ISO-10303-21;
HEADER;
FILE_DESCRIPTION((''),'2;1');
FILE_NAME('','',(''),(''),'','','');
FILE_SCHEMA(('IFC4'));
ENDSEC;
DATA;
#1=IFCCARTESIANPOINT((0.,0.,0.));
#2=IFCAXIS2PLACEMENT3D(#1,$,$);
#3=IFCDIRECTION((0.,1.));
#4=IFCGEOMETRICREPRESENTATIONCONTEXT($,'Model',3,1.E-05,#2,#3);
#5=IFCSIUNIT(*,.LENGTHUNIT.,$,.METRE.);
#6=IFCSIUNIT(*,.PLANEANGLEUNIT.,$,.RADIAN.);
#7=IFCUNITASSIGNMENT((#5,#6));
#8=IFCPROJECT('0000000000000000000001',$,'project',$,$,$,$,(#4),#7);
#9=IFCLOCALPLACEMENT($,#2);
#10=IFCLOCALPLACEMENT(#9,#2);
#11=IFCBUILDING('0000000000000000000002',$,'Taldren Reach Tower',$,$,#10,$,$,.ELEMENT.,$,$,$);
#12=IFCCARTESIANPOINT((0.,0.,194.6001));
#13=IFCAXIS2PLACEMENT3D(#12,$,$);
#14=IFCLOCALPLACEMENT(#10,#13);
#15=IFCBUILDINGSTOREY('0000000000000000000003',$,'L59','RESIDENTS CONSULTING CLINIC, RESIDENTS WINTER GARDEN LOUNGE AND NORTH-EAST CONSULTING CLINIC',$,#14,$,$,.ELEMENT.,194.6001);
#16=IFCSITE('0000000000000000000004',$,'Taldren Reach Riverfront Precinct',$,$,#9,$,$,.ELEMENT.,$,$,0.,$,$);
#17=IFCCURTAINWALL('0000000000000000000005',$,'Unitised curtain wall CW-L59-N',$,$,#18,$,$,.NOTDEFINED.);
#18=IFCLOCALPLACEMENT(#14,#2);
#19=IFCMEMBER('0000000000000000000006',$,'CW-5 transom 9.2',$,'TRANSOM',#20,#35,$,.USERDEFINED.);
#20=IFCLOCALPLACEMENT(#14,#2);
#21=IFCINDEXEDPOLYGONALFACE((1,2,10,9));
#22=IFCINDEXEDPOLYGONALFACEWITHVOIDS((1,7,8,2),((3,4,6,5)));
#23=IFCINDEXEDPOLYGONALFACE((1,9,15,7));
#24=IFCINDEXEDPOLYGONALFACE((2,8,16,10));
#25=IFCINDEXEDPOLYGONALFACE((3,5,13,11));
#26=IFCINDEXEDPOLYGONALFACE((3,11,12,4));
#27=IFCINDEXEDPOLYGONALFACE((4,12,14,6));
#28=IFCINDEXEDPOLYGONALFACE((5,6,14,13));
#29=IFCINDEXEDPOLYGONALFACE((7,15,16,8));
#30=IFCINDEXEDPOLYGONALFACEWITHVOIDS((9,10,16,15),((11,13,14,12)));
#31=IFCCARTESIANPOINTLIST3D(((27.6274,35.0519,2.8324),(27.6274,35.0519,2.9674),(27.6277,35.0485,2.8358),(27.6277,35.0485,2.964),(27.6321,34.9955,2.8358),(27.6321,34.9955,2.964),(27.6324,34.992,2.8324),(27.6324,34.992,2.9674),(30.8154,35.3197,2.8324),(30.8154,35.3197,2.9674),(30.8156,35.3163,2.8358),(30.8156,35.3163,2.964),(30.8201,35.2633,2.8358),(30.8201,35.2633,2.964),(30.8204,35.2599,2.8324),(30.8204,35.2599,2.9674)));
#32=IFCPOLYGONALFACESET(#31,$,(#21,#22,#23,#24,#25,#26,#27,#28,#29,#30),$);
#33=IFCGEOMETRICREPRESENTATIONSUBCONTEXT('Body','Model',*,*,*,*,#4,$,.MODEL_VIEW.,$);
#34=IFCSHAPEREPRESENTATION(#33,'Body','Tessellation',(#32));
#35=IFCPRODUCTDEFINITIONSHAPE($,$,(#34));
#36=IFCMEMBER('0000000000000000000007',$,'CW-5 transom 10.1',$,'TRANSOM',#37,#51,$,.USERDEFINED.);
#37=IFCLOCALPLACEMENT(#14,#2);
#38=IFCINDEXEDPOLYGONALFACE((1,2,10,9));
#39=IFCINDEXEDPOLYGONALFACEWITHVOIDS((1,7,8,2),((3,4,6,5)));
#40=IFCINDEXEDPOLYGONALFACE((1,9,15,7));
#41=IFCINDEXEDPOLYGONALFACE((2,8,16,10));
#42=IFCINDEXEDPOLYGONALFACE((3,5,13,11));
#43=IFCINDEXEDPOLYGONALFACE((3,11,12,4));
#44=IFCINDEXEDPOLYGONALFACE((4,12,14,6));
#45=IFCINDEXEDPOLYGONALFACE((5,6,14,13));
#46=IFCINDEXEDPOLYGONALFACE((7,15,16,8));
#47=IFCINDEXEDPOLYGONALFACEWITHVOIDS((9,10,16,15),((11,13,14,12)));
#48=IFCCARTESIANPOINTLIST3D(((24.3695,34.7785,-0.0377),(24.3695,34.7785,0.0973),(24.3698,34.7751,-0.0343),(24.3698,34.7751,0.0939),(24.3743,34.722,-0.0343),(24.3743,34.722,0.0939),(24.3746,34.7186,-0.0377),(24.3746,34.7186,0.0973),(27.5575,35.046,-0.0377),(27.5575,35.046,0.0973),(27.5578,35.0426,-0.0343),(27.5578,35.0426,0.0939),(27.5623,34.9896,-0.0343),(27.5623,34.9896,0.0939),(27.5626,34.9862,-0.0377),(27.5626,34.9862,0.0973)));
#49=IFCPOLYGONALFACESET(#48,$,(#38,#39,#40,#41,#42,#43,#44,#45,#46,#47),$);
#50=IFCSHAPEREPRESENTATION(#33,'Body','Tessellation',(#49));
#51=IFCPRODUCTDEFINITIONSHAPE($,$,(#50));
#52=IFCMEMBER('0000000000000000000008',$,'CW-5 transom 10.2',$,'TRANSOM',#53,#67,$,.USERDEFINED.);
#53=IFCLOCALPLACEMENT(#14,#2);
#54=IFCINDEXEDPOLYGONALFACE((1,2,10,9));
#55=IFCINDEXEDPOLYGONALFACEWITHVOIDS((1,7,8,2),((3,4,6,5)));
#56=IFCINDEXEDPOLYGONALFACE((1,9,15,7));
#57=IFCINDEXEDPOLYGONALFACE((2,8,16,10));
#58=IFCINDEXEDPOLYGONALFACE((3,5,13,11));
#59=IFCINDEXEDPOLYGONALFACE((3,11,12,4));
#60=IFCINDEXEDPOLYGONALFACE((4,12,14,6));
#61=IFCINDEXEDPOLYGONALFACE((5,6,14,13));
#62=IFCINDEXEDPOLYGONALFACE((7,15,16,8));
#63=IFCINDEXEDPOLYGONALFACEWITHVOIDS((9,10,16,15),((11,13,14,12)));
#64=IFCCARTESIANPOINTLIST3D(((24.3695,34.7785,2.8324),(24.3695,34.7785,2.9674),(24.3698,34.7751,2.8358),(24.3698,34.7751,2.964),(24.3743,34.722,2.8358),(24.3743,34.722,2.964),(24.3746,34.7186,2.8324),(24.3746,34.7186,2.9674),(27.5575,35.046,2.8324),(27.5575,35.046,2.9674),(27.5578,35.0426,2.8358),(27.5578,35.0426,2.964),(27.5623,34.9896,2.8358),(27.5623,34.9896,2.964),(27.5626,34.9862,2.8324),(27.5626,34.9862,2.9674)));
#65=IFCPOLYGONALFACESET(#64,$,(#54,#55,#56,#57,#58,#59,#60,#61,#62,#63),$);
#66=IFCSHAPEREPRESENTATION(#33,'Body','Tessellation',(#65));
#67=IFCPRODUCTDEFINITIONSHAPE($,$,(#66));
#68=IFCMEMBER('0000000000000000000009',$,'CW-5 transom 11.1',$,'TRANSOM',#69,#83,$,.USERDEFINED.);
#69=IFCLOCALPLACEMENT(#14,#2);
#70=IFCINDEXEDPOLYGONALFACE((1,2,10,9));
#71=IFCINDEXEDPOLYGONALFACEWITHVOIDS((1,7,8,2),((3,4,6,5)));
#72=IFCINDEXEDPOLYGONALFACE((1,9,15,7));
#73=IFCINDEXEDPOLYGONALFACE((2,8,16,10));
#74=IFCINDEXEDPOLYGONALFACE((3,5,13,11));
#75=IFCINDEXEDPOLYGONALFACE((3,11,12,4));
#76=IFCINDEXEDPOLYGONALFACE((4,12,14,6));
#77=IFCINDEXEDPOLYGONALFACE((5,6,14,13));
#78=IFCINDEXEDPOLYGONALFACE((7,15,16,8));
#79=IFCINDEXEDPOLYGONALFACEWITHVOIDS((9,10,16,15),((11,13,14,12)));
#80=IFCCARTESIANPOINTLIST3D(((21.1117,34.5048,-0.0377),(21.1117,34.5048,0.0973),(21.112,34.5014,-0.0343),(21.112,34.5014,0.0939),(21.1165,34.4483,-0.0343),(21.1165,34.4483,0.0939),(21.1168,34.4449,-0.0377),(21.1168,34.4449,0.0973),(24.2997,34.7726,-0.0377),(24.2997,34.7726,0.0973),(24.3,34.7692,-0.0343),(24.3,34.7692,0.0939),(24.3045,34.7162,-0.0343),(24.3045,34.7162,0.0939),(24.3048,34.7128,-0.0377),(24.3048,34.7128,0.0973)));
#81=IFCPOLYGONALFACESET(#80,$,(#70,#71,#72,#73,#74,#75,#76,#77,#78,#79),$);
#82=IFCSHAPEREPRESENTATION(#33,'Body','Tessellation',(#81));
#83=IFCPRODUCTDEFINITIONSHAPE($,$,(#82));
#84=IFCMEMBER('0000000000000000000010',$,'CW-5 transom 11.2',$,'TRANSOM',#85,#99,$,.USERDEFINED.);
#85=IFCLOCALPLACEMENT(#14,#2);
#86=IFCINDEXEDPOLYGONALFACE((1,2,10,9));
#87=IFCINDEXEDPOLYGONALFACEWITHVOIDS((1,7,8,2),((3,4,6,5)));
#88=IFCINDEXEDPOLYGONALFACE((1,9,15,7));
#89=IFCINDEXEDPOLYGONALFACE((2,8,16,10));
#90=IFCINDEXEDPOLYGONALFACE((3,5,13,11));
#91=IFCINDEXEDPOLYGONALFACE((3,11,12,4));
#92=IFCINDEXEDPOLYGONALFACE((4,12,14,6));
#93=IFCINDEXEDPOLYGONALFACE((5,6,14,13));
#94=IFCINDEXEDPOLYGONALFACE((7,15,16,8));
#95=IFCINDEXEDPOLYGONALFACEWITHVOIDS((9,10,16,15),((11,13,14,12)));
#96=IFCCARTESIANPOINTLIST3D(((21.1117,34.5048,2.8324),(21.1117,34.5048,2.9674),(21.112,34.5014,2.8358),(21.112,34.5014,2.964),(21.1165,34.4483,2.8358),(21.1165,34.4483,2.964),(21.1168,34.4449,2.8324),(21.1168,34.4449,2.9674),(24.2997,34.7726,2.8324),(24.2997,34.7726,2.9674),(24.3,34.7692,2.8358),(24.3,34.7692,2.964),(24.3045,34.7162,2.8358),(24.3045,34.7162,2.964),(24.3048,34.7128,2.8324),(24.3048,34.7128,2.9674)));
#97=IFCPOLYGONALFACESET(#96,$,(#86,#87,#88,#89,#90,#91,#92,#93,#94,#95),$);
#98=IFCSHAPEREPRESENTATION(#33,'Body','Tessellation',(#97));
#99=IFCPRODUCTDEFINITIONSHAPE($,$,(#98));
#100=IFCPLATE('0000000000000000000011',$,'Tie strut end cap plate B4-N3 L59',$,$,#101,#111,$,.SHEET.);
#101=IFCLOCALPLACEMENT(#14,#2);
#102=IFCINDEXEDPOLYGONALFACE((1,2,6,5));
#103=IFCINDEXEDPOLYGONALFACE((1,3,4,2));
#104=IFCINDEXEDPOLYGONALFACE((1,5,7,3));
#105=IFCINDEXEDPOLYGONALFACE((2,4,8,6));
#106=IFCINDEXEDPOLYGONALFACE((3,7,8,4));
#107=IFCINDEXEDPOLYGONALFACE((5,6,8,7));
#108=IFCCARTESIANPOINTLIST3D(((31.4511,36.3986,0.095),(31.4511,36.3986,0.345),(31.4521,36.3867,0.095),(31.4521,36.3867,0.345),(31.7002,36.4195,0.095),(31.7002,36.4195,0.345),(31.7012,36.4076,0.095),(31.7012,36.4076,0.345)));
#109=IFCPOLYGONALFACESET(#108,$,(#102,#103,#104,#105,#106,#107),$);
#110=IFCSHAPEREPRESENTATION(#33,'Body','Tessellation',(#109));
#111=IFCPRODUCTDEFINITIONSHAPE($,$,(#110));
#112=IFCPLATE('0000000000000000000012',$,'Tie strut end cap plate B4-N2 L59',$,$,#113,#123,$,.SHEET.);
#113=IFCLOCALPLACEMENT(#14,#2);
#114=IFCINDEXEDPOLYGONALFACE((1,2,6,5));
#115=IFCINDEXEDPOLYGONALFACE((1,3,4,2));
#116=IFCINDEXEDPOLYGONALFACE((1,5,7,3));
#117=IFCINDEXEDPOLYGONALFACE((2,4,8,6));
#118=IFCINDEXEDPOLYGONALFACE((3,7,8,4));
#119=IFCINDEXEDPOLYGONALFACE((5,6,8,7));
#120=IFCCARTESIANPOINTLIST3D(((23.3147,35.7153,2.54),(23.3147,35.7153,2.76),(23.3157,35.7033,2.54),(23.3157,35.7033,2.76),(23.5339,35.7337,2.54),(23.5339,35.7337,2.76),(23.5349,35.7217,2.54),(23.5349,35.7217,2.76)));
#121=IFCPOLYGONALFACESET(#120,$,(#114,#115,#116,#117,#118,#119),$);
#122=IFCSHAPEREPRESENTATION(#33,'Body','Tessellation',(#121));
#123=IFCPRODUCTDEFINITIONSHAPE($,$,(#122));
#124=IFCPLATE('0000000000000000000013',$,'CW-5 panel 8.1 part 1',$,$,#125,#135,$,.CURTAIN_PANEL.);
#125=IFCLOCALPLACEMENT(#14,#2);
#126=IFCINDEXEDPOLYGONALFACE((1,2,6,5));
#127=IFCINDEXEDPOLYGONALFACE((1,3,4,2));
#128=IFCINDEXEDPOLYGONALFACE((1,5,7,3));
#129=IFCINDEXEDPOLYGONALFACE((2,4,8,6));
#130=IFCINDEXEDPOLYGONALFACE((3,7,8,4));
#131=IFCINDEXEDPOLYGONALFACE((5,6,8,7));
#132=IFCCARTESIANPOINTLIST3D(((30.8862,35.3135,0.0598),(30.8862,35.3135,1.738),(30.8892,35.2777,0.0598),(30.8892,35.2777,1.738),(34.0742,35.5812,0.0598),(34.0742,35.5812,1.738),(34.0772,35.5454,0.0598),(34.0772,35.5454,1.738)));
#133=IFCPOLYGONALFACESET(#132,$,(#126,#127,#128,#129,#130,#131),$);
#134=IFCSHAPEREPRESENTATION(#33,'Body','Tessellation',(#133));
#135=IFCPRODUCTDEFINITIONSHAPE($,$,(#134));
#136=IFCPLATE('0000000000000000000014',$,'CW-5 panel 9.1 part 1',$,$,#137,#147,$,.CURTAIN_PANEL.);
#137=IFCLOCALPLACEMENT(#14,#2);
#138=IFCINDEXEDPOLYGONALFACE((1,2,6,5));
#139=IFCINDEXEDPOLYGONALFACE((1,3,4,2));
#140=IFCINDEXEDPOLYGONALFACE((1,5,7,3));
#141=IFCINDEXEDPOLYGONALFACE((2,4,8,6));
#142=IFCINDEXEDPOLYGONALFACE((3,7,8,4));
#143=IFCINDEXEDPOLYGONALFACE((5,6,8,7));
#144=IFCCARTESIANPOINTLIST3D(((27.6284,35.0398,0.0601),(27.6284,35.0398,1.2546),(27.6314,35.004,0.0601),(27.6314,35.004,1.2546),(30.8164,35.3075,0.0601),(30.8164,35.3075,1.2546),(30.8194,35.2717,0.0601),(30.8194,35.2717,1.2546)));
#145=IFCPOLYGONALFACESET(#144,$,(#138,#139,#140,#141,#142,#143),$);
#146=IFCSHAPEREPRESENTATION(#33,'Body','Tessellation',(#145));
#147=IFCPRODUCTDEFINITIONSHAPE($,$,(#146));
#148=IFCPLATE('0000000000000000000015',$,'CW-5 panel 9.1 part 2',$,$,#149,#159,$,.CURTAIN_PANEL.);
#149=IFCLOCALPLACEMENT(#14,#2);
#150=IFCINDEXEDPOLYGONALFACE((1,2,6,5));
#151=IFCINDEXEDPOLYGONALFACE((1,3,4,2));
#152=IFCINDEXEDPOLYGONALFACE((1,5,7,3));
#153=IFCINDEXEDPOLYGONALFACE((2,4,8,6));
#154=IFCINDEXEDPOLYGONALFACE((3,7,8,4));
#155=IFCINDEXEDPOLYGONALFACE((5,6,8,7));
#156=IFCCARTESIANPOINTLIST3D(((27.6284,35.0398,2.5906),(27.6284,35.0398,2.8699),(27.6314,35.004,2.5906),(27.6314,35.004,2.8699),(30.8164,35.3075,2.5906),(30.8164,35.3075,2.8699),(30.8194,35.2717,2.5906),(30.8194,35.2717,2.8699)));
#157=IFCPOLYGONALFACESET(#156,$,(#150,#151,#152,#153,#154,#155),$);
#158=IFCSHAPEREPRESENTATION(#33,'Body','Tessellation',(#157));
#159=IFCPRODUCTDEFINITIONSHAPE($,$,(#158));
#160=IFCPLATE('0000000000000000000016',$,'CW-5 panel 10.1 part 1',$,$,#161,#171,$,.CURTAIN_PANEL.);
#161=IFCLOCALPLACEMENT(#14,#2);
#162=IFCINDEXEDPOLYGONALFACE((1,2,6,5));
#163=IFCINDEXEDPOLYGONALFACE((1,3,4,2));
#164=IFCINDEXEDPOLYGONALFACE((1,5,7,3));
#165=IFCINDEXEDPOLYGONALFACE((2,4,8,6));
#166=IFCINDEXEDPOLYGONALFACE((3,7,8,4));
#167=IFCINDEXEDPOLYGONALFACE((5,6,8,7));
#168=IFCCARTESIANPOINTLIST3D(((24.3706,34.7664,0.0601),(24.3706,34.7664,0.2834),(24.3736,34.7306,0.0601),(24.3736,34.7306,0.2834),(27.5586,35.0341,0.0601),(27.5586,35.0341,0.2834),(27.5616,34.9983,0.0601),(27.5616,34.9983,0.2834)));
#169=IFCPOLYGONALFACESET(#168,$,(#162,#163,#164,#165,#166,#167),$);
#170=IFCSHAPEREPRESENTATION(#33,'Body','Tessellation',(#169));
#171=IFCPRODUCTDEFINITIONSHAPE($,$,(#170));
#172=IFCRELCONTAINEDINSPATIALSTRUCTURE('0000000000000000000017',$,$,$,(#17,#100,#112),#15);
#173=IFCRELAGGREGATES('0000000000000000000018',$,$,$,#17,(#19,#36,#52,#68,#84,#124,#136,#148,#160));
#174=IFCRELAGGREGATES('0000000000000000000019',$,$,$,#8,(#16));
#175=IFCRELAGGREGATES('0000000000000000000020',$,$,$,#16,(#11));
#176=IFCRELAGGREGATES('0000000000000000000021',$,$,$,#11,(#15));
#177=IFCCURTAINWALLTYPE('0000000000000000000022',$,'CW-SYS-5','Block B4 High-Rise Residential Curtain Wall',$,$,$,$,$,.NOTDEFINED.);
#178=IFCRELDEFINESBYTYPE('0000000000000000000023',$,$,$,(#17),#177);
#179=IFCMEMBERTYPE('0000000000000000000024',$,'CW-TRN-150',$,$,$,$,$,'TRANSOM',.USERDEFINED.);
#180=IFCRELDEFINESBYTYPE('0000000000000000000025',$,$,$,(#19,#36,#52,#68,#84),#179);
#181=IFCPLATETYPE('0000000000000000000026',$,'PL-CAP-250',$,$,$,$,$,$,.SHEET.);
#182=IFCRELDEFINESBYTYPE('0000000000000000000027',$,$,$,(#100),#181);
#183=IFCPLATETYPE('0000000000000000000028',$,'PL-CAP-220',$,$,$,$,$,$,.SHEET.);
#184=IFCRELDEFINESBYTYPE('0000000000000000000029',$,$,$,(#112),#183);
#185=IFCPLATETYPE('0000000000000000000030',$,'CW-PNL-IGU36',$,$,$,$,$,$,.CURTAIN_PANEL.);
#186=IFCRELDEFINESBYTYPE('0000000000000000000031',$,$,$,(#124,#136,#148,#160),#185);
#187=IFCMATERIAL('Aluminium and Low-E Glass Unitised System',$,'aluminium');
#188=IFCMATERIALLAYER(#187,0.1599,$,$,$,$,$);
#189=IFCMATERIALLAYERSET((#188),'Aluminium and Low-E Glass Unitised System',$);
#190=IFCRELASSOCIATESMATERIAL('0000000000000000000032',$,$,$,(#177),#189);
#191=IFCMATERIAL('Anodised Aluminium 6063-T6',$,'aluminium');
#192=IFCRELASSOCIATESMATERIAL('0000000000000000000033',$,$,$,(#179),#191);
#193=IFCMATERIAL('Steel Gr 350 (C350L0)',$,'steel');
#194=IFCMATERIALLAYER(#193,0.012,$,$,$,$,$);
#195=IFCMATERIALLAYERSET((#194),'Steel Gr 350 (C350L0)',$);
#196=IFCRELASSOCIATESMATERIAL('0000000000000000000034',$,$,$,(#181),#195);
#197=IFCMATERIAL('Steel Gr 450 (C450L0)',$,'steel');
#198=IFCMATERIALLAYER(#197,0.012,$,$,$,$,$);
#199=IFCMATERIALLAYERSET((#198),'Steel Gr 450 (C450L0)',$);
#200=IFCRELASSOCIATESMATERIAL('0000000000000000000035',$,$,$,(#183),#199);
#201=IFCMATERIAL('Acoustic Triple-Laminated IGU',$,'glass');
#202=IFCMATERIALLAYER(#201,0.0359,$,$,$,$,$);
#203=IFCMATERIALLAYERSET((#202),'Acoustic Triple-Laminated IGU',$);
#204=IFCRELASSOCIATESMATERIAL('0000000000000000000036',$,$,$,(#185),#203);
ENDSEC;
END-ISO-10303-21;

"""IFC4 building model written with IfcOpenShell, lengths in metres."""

from ifc_helpers import new_model, si_unit, direction, frame, origin, origin_2d, place, context, subcontext, project, spatial, rectangle, hollow_rectangle, extrude, source, transform, mapped, material, layer, layer_set, material_profile, profile_set, type_object, element, aggregate, save


model = new_model("IFC4")

# Units and contexts
model_context = context("Model", 3, precision=1e-05, world=origin(), true_north=direction((0.0, 1.0)))
body_context = subcontext(model_context, "Body", "Model", "MODEL_VIEW")
ifc_project = project(units=[si_unit("LENGTHUNIT", "METRE"), si_unit("PLANEANGLEUNIT", "RADIAN")], contexts=[model_context])

# Site, building, storey
site_placement = place(None, origin())
site = spatial("IfcSite", under=ifc_project, at=site_placement, Name="Taldren Reach Riverfront Precinct", CompositionType="ELEMENT", RefElevation=0.0)
building_placement = place(site_placement, origin())
building = spatial("IfcBuilding", under=site, at=building_placement, Name="Taldren Reach Tower", CompositionType="ELEMENT")
storey_placement = place(building_placement, frame((0.0, 0.0, 194.6001)))
storey = spatial("IfcBuildingStorey", under=building, at=storey_placement, Name="L59", Description="RESIDENTS CONSULTING CLINIC, RESIDENTS WINTER GARDEN LOUNGE AND NORTH-EAST CONSULTING CLINIC", CompositionType="ELEMENT", Elevation=194.6001)

# Shared definitions
ifc_material_1 = material(Name="Steel Gr 350 (C350L0)", Category="steel")

# Shared definitions
ifc_material_2 = material(Name="Steel Gr 450 (C450L0)", Category="steel")

# Curtain wall, members
ifc_material_3 = material(Name="Aluminium and Low-E Glass Unitised System", Category="aluminium")
ifc_layer_1 = layer(ifc_material_3, 0.1599)
ifc_layer_set_1 = layer_set([ifc_layer_1], Name="Aluminium and Low-E Glass Unitised System")
curtain_wall_type = type_object("IfcCurtainWallType", Name="CW-SYS-5", Description="Block B4 High-Rise Residential Curtain Wall", PredefinedType="NOTDEFINED", material=ifc_layer_set_1)
curtain_wall_placement = place(storey_placement, origin())
curtain_wall = element("IfcCurtainWall", 1, at=curtain_wall_placement, inside=storey, type_object=curtain_wall_type, Name="Unitised curtain wall CW-L59-N", PredefinedType="NOTDEFINED")
ifc_material_4 = material(Name="Anodised Aluminium 6063-T6", Category="aluminium")
ifc_material_profile_1 = material_profile(ifc_material_4, hollow_rectangle(XDim=0.0601, YDim=0.135, WallThickness=0.0034, at=origin_2d()), Name="ALU-135x60x3.5RHS")
ifc_profile_set_1 = profile_set([ifc_material_profile_1], Name="Anodised Aluminium 6063-T6")
member_type_1 = type_object("IfcMemberType", Name="CW-TRN-150", ElementType="TRANSOM", PredefinedType="USERDEFINED", material=ifc_profile_set_1)
shared_shape_1 = source(origin(), body_context, "Body", "SweptSolid", [
    extrude(hollow_rectangle(XDim=0.0601, YDim=0.135, WallThickness=0.0034, at=origin_2d()), origin(), (0.0, 0.0, 1.0), 3.1992),
])
member_1_placement = place(storey_placement, frame((30.8179, 35.2898, 2.8999), z_axis=(-0.99649, -0.083715, 0.0), x_axis=(0.083715, -0.99649, 0.0)))
member_1 = element("IfcMember", 2, at=member_1_placement, type_object=member_type_1, Name="CW-5 transom 9.2", ObjectType="TRANSOM", PredefinedType="USERDEFINED", context=body_context, shape_type="MappedRepresentation", body=[
    mapped(shared_shape_1, transform((0.0, 0.0, 0.0), scale=1.0)),
])
member_2_placement = place(storey_placement, frame((27.5601, 35.0161, 0.0298), z_axis=(-0.996496, -0.083639, 0.0), x_axis=(0.083639, -0.996496, 0.0)))
member_2 = element("IfcMember", 3, at=member_2_placement, type_object=member_type_1, Name="CW-5 transom 10.1", ObjectType="TRANSOM", PredefinedType="USERDEFINED", context=body_context, shape_type="MappedRepresentation", body=[
    mapped(shared_shape_1, transform((0.0, 0.0, 0.0), scale=1.0)),
])
member_3_placement = place(storey_placement, frame((27.5601, 35.0161, 2.8999), z_axis=(-0.996496, -0.083639, 0.0), x_axis=(0.083639, -0.996496, 0.0)))
member_3 = element("IfcMember", 4, at=member_3_placement, type_object=member_type_1, Name="CW-5 transom 10.2", ObjectType="TRANSOM", PredefinedType="USERDEFINED", context=body_context, shape_type="MappedRepresentation", body=[
    mapped(shared_shape_1, transform((0.0, 0.0, 0.0), scale=1.0)),
])
member_4_placement = place(storey_placement, frame((24.3022, 34.7427, 0.0298), z_axis=(-0.99649, -0.083715, 0.0), x_axis=(0.083715, -0.99649, 0.0)))
member_4 = element("IfcMember", 5, at=member_4_placement, type_object=member_type_1, Name="CW-5 transom 11.1", ObjectType="TRANSOM", PredefinedType="USERDEFINED", context=body_context, shape_type="MappedRepresentation", body=[
    mapped(shared_shape_1, transform((0.0, 0.0, 0.0), scale=1.0)),
])
member_5_placement = place(storey_placement, frame((24.3022, 34.7427, 2.8999), z_axis=(-0.99649, -0.083715, 0.0), x_axis=(0.083715, -0.99649, 0.0)))
member_5 = element("IfcMember", 6, at=member_5_placement, type_object=member_type_1, Name="CW-5 transom 11.2", ObjectType="TRANSOM", PredefinedType="USERDEFINED", context=body_context, shape_type="MappedRepresentation", body=[
    mapped(shared_shape_1, transform((0.0, 0.0, 0.0), scale=1.0)),
])

# Plates
ifc_layer_2 = layer(ifc_material_1, 0.012)
ifc_layer_set_2 = layer_set([ifc_layer_2], Name="Steel Gr 350 (C350L0)")
plate_type_1 = type_object("IfcPlateType", Name="PL-CAP-250", PredefinedType="SHEET", material=ifc_layer_set_2)
shared_shape_2 = source(origin(), body_context, "Body", "SweptSolid", [
    extrude(rectangle(XDim=0.25, YDim=0.012, at=origin_2d()), origin(), (0.0, 0.0, 1.0), 0.25),
])
plate_1_placement = place(storey_placement, frame((31.5762, 36.4031, 0.095), z_axis=(0.0, 0.0, 1.0), x_axis=(0.996493, 0.083678, 0.0)))
element("IfcPlate", 7, at=plate_1_placement, inside=storey, type_object=plate_type_1, Name="Tie strut end cap plate B4-N3 L59", PredefinedType="SHEET", context=body_context, shape_type="MappedRepresentation", body=[
    mapped(shared_shape_2, transform((0.0, 0.0, 0.0), scale=1.0)),
])
ifc_layer_3 = layer(ifc_material_2, 0.012)
ifc_layer_set_3 = layer_set([ifc_layer_3], Name="Steel Gr 450 (C450L0)")
plate_type_2 = type_object("IfcPlateType", Name="PL-CAP-220", PredefinedType="SHEET", material=ifc_layer_set_3)
shared_shape_3 = source(origin(), body_context, "Body", "SweptSolid", [
    extrude(rectangle(XDim=0.22, YDim=0.012, at=origin_2d()), origin(), (0.0, 0.0, 1.0), 0.22),
])
plate_2_placement = place(storey_placement, frame((23.4248, 35.7185, 2.54), z_axis=(0.0, 0.0, 1.0), x_axis=(0.996493, 0.083678, 0.0)))
element("IfcPlate", 8, at=plate_2_placement, inside=storey, type_object=plate_type_2, Name="Tie strut end cap plate B4-N2 L59", PredefinedType="SHEET", context=body_context, shape_type="MappedRepresentation", body=[
    mapped(shared_shape_3, transform((0.0, 0.0, 0.0), scale=1.0)),
])

# Plates
ifc_material_5 = material(Name="Acoustic Triple-Laminated IGU", Category="glass")
ifc_layer_4 = layer(ifc_material_5, 0.0359)
ifc_layer_set_4 = layer_set([ifc_layer_4], Name="Acoustic Triple-Laminated IGU")
plate_type_3 = type_object("IfcPlateType", Name="CW-PNL-IGU36", PredefinedType="CURTAIN_PANEL", material=ifc_layer_set_4)
shared_shape_4 = source(origin(), body_context, "Body", "SweptSolid", [
    extrude(rectangle(XDim=3.1992, YDim=0.0359, at=origin_2d()), origin(), (0.0, 0.0, 1.0), 1.6782),
])
plate_3_placement = place(storey_placement, frame((32.4817, 35.4294, 0.0598), z_axis=(0.0, 0.0, 1.0), x_axis=(-0.996493, -0.083678, 0.0)))
plate_3 = element("IfcPlate", 9, at=plate_3_placement, type_object=plate_type_3, Name="CW-5 panel 8.1 part 1", PredefinedType="CURTAIN_PANEL", context=body_context, shape_type="MappedRepresentation", body=[
    mapped(shared_shape_4, transform((0.0, 0.0, 0.0), scale=1.0)),
])
shared_shape_5 = source(origin(), body_context, "Body", "SweptSolid", [
    extrude(rectangle(XDim=3.1992, YDim=0.0359, at=origin_2d()), origin(), (0.0, 0.0, 1.0), 1.1946),
])
plate_4_placement = place(storey_placement, frame((29.2239, 35.1558, 0.0601), z_axis=(0.0, 0.0, 1.0), x_axis=(-0.996493, -0.083678, 0.0)))
plate_4 = element("IfcPlate", 10, at=plate_4_placement, type_object=plate_type_3, Name="CW-5 panel 9.1 part 1", PredefinedType="CURTAIN_PANEL", context=body_context, shape_type="MappedRepresentation", body=[
    mapped(shared_shape_5, transform((0.0, 0.0, 0.0), scale=1.0)),
])
shared_shape_6 = source(origin(), body_context, "Body", "SweptSolid", [
    extrude(rectangle(XDim=3.1992, YDim=0.0359, at=origin_2d()), origin(), (0.0, 0.0, 1.0), 0.2793),
])
plate_5_placement = place(storey_placement, frame((29.2239, 35.1558, 2.5906), z_axis=(0.0, 0.0, 1.0), x_axis=(-0.996493, -0.083678, 0.0)))
plate_5 = element("IfcPlate", 11, at=plate_5_placement, type_object=plate_type_3, Name="CW-5 panel 9.1 part 2", PredefinedType="CURTAIN_PANEL", context=body_context, shape_type="MappedRepresentation", body=[
    mapped(shared_shape_6, transform((0.0, 0.0, 0.0), scale=1.0)),
])
shared_shape_7 = source(origin(), body_context, "Body", "SweptSolid", [
    extrude(rectangle(XDim=3.1992, YDim=0.0359, at=origin_2d()), origin(), (0.0, 0.0, 1.0), 0.2234),
])
plate_6_placement = place(storey_placement, frame((25.9661, 34.8823, 0.0601), z_axis=(0.0, 0.0, 1.0), x_axis=(-0.996493, -0.083678, 0.0)))
plate_6 = element("IfcPlate", 12, at=plate_6_placement, type_object=plate_type_3, Name="CW-5 panel 10.1 part 1", PredefinedType="CURTAIN_PANEL", context=body_context, shape_type="MappedRepresentation", body=[
    mapped(shared_shape_7, transform((0.0, 0.0, 0.0), scale=1.0)),
])
aggregate(curtain_wall, [member_1, member_2, member_3, member_4, member_5, plate_3, plate_4, plate_5, plate_6])

save(model, "model.ifc")
